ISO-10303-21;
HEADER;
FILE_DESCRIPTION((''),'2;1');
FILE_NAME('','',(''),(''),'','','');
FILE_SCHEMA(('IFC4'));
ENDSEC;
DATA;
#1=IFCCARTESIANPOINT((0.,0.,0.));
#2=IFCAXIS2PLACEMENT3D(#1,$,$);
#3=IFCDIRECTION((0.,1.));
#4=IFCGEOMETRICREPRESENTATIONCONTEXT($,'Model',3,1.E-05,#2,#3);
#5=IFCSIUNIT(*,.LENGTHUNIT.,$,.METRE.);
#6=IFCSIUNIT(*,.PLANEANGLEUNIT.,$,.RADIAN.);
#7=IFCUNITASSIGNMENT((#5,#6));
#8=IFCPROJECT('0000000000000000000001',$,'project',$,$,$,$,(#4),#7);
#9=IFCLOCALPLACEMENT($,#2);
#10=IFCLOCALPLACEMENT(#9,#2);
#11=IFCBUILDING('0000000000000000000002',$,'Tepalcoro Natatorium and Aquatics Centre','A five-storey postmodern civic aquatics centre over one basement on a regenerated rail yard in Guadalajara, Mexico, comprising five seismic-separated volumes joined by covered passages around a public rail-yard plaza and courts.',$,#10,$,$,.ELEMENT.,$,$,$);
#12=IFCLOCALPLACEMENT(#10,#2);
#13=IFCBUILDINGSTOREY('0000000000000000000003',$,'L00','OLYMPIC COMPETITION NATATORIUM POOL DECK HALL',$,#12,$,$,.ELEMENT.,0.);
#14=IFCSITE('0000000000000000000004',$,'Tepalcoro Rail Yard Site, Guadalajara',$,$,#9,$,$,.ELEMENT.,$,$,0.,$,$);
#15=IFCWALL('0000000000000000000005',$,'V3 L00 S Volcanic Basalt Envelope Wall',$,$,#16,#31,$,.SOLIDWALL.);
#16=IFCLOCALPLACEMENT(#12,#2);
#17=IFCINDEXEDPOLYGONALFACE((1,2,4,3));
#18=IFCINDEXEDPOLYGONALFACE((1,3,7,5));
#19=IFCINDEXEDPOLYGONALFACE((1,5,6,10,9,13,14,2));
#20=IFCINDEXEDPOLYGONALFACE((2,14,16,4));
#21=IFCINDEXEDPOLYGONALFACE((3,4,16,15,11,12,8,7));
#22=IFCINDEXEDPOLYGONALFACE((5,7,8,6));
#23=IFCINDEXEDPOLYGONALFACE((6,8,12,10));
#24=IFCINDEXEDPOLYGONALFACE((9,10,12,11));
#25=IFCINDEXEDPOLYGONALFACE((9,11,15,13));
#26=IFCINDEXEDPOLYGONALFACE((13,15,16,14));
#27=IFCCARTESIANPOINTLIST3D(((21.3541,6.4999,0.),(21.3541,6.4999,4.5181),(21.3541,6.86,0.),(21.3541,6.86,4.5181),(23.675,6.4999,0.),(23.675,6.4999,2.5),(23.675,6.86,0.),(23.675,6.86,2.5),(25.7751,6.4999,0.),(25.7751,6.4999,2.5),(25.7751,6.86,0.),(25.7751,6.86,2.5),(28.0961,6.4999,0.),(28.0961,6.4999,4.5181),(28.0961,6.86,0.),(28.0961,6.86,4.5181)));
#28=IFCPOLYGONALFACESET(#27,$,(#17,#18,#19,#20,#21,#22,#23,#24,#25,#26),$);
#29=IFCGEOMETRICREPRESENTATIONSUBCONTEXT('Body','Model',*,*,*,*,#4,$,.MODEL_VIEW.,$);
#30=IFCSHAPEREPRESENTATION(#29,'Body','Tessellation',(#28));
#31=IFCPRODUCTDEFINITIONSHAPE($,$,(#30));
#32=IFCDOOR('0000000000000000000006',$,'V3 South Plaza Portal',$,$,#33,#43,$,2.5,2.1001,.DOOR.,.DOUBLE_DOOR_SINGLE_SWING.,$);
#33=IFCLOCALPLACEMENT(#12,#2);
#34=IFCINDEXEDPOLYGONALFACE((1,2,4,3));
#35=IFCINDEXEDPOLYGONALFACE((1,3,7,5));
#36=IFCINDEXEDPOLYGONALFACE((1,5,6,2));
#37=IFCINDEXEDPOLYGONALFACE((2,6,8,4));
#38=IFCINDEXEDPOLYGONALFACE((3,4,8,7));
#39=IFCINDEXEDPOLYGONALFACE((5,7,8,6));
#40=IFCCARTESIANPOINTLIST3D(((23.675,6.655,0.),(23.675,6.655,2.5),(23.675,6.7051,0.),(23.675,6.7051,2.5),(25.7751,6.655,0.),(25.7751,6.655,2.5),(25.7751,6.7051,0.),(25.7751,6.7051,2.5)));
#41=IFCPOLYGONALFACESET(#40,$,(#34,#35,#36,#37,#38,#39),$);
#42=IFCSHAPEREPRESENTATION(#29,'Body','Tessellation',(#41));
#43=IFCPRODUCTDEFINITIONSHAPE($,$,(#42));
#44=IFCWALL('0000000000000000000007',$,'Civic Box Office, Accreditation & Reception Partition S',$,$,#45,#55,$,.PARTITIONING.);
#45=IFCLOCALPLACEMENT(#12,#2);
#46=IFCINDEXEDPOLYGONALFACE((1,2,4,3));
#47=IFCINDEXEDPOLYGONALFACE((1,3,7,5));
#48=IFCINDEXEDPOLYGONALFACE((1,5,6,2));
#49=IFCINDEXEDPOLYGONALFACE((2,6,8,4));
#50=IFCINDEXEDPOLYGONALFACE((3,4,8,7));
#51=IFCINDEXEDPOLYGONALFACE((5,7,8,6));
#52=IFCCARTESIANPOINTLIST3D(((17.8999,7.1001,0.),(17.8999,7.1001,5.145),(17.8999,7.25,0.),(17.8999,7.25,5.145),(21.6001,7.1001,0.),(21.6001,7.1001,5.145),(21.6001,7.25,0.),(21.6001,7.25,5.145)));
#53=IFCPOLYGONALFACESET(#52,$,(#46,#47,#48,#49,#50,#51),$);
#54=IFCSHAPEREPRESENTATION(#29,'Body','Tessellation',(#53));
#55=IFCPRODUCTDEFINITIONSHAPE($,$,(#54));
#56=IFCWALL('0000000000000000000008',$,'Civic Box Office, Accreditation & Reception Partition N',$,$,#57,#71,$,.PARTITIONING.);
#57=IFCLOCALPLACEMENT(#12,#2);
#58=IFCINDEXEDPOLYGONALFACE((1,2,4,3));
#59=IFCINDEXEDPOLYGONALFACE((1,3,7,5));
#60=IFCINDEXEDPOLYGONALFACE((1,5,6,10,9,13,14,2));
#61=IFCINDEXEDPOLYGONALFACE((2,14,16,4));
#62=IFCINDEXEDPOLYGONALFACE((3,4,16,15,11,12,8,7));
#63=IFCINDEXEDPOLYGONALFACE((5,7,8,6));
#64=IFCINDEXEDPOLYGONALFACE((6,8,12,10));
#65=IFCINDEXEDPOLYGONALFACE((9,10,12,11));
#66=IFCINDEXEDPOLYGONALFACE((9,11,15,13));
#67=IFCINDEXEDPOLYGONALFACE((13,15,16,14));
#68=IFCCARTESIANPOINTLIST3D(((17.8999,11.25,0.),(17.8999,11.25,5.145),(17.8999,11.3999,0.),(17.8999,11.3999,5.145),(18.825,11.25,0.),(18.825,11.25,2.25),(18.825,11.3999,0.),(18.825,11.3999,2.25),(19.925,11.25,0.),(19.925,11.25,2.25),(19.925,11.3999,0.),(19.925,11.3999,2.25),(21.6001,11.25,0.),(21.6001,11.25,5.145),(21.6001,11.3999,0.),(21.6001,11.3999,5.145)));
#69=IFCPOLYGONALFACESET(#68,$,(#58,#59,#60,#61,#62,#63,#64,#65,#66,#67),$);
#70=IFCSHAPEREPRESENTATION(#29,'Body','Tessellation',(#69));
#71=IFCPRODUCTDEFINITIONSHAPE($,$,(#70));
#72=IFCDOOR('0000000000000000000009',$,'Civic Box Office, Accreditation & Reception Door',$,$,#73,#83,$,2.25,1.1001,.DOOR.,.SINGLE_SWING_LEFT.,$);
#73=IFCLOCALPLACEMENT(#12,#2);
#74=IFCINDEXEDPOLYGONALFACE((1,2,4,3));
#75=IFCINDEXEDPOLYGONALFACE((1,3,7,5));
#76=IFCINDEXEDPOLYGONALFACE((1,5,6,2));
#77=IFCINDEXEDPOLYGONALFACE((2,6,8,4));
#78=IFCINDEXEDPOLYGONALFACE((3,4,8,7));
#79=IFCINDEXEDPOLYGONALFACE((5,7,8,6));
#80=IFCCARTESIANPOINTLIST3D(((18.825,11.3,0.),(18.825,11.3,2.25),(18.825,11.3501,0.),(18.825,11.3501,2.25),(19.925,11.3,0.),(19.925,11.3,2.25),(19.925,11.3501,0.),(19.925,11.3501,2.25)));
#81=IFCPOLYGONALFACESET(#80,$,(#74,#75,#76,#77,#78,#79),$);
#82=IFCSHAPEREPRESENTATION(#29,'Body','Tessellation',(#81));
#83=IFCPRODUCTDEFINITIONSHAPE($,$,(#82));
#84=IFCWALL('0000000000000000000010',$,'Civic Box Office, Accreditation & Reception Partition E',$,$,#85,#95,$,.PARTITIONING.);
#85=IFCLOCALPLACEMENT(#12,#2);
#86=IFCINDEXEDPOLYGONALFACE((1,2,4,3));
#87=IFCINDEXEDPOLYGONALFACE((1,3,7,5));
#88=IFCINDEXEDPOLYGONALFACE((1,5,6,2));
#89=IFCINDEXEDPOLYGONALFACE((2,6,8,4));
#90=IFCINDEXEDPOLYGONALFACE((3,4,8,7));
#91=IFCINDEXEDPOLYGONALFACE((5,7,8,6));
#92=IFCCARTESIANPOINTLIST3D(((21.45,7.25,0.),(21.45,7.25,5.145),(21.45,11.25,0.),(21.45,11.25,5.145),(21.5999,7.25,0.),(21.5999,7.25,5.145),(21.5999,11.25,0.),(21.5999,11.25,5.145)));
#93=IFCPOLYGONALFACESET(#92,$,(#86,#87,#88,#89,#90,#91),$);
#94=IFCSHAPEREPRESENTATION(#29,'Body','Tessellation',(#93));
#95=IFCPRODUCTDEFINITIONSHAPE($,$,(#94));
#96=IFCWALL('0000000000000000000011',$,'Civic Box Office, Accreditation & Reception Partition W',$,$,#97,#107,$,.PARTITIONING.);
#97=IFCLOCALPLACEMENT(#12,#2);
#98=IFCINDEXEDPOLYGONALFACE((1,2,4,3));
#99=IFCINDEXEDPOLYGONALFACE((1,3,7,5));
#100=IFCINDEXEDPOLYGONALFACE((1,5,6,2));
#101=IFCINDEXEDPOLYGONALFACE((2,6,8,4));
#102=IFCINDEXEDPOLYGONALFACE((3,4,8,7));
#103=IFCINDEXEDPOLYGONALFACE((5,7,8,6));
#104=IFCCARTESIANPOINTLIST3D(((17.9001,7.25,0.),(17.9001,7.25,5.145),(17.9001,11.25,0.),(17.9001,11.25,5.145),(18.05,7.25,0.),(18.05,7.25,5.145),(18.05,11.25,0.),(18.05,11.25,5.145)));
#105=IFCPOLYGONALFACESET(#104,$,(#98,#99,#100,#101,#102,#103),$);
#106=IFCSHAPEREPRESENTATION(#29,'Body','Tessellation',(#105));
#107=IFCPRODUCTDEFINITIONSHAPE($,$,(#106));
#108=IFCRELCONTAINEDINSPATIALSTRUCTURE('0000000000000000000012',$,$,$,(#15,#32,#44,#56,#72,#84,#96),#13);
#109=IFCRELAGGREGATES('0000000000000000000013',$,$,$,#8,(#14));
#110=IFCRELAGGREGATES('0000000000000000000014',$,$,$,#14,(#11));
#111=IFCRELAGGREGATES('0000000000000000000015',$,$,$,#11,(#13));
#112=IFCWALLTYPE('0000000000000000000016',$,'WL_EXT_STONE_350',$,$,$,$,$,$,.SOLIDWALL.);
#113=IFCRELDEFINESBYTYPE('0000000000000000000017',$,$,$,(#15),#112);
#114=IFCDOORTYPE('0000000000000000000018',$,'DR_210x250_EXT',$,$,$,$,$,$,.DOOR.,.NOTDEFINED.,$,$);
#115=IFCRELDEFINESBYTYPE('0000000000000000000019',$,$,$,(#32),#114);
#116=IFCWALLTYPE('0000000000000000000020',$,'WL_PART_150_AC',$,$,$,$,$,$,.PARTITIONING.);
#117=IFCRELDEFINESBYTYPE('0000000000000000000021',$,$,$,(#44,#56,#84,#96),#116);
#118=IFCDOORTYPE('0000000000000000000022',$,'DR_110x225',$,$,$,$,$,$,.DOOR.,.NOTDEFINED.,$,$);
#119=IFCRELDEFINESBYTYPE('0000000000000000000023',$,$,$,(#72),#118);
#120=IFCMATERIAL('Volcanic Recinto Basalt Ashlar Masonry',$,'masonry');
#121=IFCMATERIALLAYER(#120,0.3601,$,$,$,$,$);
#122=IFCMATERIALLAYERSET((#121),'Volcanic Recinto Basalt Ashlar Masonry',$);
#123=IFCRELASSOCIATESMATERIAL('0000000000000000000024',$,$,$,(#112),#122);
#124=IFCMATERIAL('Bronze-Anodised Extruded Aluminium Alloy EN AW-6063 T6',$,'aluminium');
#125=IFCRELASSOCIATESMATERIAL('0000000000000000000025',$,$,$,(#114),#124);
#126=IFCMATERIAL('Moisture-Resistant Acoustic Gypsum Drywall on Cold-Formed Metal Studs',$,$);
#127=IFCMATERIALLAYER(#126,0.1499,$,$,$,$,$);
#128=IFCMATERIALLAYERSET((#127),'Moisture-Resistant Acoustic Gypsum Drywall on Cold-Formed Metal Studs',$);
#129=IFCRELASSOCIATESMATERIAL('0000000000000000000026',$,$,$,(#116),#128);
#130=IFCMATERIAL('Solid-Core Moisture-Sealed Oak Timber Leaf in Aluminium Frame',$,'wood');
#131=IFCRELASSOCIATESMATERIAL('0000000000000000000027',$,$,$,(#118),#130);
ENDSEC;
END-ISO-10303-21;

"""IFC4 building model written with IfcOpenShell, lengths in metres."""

from ifc_helpers import new_model, si_unit, direction, frame, frame_2d, origin, place, context, subcontext, project, spatial, rectangle, extrude, material, layer, layer_set, type_object, element, fill, save


model = new_model("IFC4")

# Units and contexts
model_context = context("Model", 3, precision=1e-05, world=origin(), true_north=direction((0.0, 1.0)))
body_context = subcontext(model_context, "Body", "Model", "MODEL_VIEW")
ifc_project = project(units=[si_unit("LENGTHUNIT", "METRE"), si_unit("PLANEANGLEUNIT", "RADIAN")], contexts=[model_context])

# Site, building, storey
site_placement = place(None, origin())
site = spatial("IfcSite", under=ifc_project, at=site_placement, Name="Tepalcoro Rail Yard Site, Guadalajara", CompositionType="ELEMENT", RefElevation=0.0)
building_placement = place(site_placement, origin())
building = spatial("IfcBuilding", under=site, at=building_placement, Name="Tepalcoro Natatorium and Aquatics Centre", Description="A five-storey postmodern civic aquatics centre over one basement on a regenerated rail yard in Guadalajara, Mexico, comprising five seismic-separated volumes joined by covered passages around a public rail-yard plaza and courts.", CompositionType="ELEMENT")
storey_placement = place(building_placement, origin())
storey = spatial("IfcBuildingStorey", under=building, at=storey_placement, Name="L00", Description="OLYMPIC COMPETITION NATATORIUM POOL DECK HALL", CompositionType="ELEMENT", Elevation=0.0)

# Shared definitions
ifc_material_1 = material(Name="Bronze-Anodised Extruded Aluminium Alloy EN AW-6063 T6", Category="aluminium")

# Wall, opening, door
ifc_material_2 = material(Name="Volcanic Recinto Basalt Ashlar Masonry", Category="masonry")
ifc_layer_1 = layer(ifc_material_2, 0.3601)
ifc_layer_set_1 = layer_set([ifc_layer_1], Name="Volcanic Recinto Basalt Ashlar Masonry")
wall_type_1 = type_object("IfcWallType", Name="WL_EXT_STONE_350", PredefinedType="SOLIDWALL", material=ifc_layer_set_1)
wall_1_placement = place(storey_placement, frame((21.354, 6.6799, 0.0), z_axis=(0.0, 0.0, 1.0), x_axis=(1.0, 0.0, 0.0)))
wall_1 = element("IfcWall", 1, at=wall_1_placement, inside=storey, type_object=wall_type_1, Name="V3 L00 S Volcanic Basalt Envelope Wall", PredefinedType="SOLIDWALL", context=body_context, shape_type="SweptSolid", body=[
    extrude(rectangle(XDim=6.7419, YDim=0.3601, at=frame_2d((3.3711, 0.0))), origin(), (0.0, 0.0, 1.0), 4.5181),
])
opening_1_placement = place(wall_1_placement, frame((2.321, 0.0, 0.0)))
opening_1 = element("IfcOpeningElement", 2, at=opening_1_placement, cuts=wall_1, PredefinedType="OPENING", context=body_context, shape_type="SweptSolid", body=[
    extrude(rectangle(XDim=2.1001, YDim=2.5, at=frame_2d((1.05, 1.25))), frame((0.0, 0.1919, 0.0), z_axis=(0.0, -1.0, 0.0), x_axis=(1.0, 0.0, 0.0)), (0.0, 0.0, 1.0), 0.384),
])
door_type_1 = type_object("IfcDoorType", Name="DR_210x250_EXT", OperationType="NOTDEFINED", PredefinedType="DOOR", material=ifc_material_1)
door_1_placement = place(opening_1_placement, frame((2.1001, 0.0, 0.0), z_axis=(0.0, 0.0, 1.0), x_axis=(-1.0, 0.0, 0.0)))
door_1 = element("IfcDoor", 3, at=door_1_placement, inside=storey, type_object=door_type_1, Name="V3 South Plaza Portal", OperationType="DOUBLE_DOOR_SINGLE_SWING", OverallHeight=2.5, OverallWidth=2.1001, PredefinedType="DOOR", context=body_context, shape_type="SweptSolid", body=[
    extrude(rectangle(XDim=2.1001, YDim=2.5, at=frame_2d((1.05, 1.25))), frame((0.0, 0.0249, 0.0), z_axis=(0.0, -1.0, 0.0), x_axis=(1.0, 0.0, 0.0)), (0.0, 0.0, 1.0), 0.05),
])
fill(opening_1, door_1)

# Wall
ifc_material_3 = material(Name="Moisture-Resistant Acoustic Gypsum Drywall on Cold-Formed Metal Studs")
ifc_layer_2 = layer(ifc_material_3, 0.1499)
ifc_layer_set_2 = layer_set([ifc_layer_2], Name="Moisture-Resistant Acoustic Gypsum Drywall on Cold-Formed Metal Studs")
wall_type_2 = type_object("IfcWallType", Name="WL_PART_150_AC", PredefinedType="PARTITIONING", material=ifc_layer_set_2)
wall_2_placement = place(storey_placement, frame((17.8999, 7.175, 0.0), z_axis=(0.0, 0.0, 1.0), x_axis=(1.0, 0.0, 0.0)))
element("IfcWall", 4, at=wall_2_placement, inside=storey, type_object=wall_type_2, Name="Civic Box Office, Accreditation & Reception Partition S", PredefinedType="PARTITIONING", context=body_context, shape_type="SweptSolid", body=[
    extrude(rectangle(XDim=3.7002, YDim=0.1499, at=frame_2d((1.8501, 0.0))), origin(), (0.0, 0.0, 1.0), 5.145),
])

# Wall, opening, door
wall_3_placement = place(storey_placement, frame((17.8999, 11.325, 0.0), z_axis=(0.0, 0.0, 1.0), x_axis=(1.0, 0.0, 0.0)))
wall_3 = element("IfcWall", 5, at=wall_3_placement, inside=storey, type_object=wall_type_2, Name="Civic Box Office, Accreditation & Reception Partition N", PredefinedType="PARTITIONING", context=body_context, shape_type="SweptSolid", body=[
    extrude(rectangle(XDim=3.7002, YDim=0.1499, at=frame_2d((1.8501, 0.0))), origin(), (0.0, 0.0, 1.0), 5.145),
])
opening_2_placement = place(wall_3_placement, frame((0.925, 0.0, 0.0)))
opening_2 = element("IfcOpeningElement", 6, at=opening_2_placement, cuts=wall_3, PredefinedType="OPENING", context=body_context, shape_type="SweptSolid", body=[
    extrude(rectangle(XDim=1.1001, YDim=2.25, at=frame_2d((0.55, 1.125))), frame((0.0, 0.0869, 0.0), z_axis=(0.0, -1.0, 0.0), x_axis=(1.0, 0.0, 0.0)), (0.0, 0.0, 1.0), 0.1738),
])
ifc_material_4 = material(Name="Solid-Core Moisture-Sealed Oak Timber Leaf in Aluminium Frame", Category="wood")
door_type_2 = type_object("IfcDoorType", Name="DR_110x225", OperationType="NOTDEFINED", PredefinedType="DOOR", material=ifc_material_4)
door_2_placement = place(opening_2_placement, frame((1.1001, 0.0, 0.0), z_axis=(0.0, 0.0, 1.0), x_axis=(-1.0, 0.0, 0.0)))
door_2 = element("IfcDoor", 7, at=door_2_placement, inside=storey, type_object=door_type_2, Name="Civic Box Office, Accreditation & Reception Door", OperationType="SINGLE_SWING_LEFT", OverallHeight=2.25, OverallWidth=1.1001, PredefinedType="DOOR", context=body_context, shape_type="SweptSolid", body=[
    extrude(rectangle(XDim=1.1001, YDim=2.25, at=frame_2d((0.55, 1.125))), frame((0.0, 0.0249, 0.0), z_axis=(0.0, -1.0, 0.0), x_axis=(1.0, 0.0, 0.0)), (0.0, 0.0, 1.0), 0.05),
])
fill(opening_2, door_2)

# Walls
for number, where, z_axis, x_axis, name in (
    (8, (21.5249, 7.25, 0.0), (0.0, 0.0, 1.0), (0.0, 1.0, 0.0), "Civic Box Office, Accreditation & Reception Partition E"),
    (9, (17.9751, 7.25, 0.0), (0.0, 0.0, 1.0), (0.0, 1.0, 0.0), "Civic Box Office, Accreditation & Reception Partition W"),
):
    element("IfcWall", number, at=place(storey_placement, frame(where, z_axis=z_axis, x_axis=x_axis)), inside=storey, type_object=wall_type_2, Name=name, PredefinedType="PARTITIONING", context=body_context, shape_type="SweptSolid", body=[
        extrude(rectangle(XDim=4.0, YDim=0.1499, at=frame_2d((2.0, 0.0))), origin(), (0.0, 0.0, 1.0), 5.145),
    ])

save(model, "model.ifc")
